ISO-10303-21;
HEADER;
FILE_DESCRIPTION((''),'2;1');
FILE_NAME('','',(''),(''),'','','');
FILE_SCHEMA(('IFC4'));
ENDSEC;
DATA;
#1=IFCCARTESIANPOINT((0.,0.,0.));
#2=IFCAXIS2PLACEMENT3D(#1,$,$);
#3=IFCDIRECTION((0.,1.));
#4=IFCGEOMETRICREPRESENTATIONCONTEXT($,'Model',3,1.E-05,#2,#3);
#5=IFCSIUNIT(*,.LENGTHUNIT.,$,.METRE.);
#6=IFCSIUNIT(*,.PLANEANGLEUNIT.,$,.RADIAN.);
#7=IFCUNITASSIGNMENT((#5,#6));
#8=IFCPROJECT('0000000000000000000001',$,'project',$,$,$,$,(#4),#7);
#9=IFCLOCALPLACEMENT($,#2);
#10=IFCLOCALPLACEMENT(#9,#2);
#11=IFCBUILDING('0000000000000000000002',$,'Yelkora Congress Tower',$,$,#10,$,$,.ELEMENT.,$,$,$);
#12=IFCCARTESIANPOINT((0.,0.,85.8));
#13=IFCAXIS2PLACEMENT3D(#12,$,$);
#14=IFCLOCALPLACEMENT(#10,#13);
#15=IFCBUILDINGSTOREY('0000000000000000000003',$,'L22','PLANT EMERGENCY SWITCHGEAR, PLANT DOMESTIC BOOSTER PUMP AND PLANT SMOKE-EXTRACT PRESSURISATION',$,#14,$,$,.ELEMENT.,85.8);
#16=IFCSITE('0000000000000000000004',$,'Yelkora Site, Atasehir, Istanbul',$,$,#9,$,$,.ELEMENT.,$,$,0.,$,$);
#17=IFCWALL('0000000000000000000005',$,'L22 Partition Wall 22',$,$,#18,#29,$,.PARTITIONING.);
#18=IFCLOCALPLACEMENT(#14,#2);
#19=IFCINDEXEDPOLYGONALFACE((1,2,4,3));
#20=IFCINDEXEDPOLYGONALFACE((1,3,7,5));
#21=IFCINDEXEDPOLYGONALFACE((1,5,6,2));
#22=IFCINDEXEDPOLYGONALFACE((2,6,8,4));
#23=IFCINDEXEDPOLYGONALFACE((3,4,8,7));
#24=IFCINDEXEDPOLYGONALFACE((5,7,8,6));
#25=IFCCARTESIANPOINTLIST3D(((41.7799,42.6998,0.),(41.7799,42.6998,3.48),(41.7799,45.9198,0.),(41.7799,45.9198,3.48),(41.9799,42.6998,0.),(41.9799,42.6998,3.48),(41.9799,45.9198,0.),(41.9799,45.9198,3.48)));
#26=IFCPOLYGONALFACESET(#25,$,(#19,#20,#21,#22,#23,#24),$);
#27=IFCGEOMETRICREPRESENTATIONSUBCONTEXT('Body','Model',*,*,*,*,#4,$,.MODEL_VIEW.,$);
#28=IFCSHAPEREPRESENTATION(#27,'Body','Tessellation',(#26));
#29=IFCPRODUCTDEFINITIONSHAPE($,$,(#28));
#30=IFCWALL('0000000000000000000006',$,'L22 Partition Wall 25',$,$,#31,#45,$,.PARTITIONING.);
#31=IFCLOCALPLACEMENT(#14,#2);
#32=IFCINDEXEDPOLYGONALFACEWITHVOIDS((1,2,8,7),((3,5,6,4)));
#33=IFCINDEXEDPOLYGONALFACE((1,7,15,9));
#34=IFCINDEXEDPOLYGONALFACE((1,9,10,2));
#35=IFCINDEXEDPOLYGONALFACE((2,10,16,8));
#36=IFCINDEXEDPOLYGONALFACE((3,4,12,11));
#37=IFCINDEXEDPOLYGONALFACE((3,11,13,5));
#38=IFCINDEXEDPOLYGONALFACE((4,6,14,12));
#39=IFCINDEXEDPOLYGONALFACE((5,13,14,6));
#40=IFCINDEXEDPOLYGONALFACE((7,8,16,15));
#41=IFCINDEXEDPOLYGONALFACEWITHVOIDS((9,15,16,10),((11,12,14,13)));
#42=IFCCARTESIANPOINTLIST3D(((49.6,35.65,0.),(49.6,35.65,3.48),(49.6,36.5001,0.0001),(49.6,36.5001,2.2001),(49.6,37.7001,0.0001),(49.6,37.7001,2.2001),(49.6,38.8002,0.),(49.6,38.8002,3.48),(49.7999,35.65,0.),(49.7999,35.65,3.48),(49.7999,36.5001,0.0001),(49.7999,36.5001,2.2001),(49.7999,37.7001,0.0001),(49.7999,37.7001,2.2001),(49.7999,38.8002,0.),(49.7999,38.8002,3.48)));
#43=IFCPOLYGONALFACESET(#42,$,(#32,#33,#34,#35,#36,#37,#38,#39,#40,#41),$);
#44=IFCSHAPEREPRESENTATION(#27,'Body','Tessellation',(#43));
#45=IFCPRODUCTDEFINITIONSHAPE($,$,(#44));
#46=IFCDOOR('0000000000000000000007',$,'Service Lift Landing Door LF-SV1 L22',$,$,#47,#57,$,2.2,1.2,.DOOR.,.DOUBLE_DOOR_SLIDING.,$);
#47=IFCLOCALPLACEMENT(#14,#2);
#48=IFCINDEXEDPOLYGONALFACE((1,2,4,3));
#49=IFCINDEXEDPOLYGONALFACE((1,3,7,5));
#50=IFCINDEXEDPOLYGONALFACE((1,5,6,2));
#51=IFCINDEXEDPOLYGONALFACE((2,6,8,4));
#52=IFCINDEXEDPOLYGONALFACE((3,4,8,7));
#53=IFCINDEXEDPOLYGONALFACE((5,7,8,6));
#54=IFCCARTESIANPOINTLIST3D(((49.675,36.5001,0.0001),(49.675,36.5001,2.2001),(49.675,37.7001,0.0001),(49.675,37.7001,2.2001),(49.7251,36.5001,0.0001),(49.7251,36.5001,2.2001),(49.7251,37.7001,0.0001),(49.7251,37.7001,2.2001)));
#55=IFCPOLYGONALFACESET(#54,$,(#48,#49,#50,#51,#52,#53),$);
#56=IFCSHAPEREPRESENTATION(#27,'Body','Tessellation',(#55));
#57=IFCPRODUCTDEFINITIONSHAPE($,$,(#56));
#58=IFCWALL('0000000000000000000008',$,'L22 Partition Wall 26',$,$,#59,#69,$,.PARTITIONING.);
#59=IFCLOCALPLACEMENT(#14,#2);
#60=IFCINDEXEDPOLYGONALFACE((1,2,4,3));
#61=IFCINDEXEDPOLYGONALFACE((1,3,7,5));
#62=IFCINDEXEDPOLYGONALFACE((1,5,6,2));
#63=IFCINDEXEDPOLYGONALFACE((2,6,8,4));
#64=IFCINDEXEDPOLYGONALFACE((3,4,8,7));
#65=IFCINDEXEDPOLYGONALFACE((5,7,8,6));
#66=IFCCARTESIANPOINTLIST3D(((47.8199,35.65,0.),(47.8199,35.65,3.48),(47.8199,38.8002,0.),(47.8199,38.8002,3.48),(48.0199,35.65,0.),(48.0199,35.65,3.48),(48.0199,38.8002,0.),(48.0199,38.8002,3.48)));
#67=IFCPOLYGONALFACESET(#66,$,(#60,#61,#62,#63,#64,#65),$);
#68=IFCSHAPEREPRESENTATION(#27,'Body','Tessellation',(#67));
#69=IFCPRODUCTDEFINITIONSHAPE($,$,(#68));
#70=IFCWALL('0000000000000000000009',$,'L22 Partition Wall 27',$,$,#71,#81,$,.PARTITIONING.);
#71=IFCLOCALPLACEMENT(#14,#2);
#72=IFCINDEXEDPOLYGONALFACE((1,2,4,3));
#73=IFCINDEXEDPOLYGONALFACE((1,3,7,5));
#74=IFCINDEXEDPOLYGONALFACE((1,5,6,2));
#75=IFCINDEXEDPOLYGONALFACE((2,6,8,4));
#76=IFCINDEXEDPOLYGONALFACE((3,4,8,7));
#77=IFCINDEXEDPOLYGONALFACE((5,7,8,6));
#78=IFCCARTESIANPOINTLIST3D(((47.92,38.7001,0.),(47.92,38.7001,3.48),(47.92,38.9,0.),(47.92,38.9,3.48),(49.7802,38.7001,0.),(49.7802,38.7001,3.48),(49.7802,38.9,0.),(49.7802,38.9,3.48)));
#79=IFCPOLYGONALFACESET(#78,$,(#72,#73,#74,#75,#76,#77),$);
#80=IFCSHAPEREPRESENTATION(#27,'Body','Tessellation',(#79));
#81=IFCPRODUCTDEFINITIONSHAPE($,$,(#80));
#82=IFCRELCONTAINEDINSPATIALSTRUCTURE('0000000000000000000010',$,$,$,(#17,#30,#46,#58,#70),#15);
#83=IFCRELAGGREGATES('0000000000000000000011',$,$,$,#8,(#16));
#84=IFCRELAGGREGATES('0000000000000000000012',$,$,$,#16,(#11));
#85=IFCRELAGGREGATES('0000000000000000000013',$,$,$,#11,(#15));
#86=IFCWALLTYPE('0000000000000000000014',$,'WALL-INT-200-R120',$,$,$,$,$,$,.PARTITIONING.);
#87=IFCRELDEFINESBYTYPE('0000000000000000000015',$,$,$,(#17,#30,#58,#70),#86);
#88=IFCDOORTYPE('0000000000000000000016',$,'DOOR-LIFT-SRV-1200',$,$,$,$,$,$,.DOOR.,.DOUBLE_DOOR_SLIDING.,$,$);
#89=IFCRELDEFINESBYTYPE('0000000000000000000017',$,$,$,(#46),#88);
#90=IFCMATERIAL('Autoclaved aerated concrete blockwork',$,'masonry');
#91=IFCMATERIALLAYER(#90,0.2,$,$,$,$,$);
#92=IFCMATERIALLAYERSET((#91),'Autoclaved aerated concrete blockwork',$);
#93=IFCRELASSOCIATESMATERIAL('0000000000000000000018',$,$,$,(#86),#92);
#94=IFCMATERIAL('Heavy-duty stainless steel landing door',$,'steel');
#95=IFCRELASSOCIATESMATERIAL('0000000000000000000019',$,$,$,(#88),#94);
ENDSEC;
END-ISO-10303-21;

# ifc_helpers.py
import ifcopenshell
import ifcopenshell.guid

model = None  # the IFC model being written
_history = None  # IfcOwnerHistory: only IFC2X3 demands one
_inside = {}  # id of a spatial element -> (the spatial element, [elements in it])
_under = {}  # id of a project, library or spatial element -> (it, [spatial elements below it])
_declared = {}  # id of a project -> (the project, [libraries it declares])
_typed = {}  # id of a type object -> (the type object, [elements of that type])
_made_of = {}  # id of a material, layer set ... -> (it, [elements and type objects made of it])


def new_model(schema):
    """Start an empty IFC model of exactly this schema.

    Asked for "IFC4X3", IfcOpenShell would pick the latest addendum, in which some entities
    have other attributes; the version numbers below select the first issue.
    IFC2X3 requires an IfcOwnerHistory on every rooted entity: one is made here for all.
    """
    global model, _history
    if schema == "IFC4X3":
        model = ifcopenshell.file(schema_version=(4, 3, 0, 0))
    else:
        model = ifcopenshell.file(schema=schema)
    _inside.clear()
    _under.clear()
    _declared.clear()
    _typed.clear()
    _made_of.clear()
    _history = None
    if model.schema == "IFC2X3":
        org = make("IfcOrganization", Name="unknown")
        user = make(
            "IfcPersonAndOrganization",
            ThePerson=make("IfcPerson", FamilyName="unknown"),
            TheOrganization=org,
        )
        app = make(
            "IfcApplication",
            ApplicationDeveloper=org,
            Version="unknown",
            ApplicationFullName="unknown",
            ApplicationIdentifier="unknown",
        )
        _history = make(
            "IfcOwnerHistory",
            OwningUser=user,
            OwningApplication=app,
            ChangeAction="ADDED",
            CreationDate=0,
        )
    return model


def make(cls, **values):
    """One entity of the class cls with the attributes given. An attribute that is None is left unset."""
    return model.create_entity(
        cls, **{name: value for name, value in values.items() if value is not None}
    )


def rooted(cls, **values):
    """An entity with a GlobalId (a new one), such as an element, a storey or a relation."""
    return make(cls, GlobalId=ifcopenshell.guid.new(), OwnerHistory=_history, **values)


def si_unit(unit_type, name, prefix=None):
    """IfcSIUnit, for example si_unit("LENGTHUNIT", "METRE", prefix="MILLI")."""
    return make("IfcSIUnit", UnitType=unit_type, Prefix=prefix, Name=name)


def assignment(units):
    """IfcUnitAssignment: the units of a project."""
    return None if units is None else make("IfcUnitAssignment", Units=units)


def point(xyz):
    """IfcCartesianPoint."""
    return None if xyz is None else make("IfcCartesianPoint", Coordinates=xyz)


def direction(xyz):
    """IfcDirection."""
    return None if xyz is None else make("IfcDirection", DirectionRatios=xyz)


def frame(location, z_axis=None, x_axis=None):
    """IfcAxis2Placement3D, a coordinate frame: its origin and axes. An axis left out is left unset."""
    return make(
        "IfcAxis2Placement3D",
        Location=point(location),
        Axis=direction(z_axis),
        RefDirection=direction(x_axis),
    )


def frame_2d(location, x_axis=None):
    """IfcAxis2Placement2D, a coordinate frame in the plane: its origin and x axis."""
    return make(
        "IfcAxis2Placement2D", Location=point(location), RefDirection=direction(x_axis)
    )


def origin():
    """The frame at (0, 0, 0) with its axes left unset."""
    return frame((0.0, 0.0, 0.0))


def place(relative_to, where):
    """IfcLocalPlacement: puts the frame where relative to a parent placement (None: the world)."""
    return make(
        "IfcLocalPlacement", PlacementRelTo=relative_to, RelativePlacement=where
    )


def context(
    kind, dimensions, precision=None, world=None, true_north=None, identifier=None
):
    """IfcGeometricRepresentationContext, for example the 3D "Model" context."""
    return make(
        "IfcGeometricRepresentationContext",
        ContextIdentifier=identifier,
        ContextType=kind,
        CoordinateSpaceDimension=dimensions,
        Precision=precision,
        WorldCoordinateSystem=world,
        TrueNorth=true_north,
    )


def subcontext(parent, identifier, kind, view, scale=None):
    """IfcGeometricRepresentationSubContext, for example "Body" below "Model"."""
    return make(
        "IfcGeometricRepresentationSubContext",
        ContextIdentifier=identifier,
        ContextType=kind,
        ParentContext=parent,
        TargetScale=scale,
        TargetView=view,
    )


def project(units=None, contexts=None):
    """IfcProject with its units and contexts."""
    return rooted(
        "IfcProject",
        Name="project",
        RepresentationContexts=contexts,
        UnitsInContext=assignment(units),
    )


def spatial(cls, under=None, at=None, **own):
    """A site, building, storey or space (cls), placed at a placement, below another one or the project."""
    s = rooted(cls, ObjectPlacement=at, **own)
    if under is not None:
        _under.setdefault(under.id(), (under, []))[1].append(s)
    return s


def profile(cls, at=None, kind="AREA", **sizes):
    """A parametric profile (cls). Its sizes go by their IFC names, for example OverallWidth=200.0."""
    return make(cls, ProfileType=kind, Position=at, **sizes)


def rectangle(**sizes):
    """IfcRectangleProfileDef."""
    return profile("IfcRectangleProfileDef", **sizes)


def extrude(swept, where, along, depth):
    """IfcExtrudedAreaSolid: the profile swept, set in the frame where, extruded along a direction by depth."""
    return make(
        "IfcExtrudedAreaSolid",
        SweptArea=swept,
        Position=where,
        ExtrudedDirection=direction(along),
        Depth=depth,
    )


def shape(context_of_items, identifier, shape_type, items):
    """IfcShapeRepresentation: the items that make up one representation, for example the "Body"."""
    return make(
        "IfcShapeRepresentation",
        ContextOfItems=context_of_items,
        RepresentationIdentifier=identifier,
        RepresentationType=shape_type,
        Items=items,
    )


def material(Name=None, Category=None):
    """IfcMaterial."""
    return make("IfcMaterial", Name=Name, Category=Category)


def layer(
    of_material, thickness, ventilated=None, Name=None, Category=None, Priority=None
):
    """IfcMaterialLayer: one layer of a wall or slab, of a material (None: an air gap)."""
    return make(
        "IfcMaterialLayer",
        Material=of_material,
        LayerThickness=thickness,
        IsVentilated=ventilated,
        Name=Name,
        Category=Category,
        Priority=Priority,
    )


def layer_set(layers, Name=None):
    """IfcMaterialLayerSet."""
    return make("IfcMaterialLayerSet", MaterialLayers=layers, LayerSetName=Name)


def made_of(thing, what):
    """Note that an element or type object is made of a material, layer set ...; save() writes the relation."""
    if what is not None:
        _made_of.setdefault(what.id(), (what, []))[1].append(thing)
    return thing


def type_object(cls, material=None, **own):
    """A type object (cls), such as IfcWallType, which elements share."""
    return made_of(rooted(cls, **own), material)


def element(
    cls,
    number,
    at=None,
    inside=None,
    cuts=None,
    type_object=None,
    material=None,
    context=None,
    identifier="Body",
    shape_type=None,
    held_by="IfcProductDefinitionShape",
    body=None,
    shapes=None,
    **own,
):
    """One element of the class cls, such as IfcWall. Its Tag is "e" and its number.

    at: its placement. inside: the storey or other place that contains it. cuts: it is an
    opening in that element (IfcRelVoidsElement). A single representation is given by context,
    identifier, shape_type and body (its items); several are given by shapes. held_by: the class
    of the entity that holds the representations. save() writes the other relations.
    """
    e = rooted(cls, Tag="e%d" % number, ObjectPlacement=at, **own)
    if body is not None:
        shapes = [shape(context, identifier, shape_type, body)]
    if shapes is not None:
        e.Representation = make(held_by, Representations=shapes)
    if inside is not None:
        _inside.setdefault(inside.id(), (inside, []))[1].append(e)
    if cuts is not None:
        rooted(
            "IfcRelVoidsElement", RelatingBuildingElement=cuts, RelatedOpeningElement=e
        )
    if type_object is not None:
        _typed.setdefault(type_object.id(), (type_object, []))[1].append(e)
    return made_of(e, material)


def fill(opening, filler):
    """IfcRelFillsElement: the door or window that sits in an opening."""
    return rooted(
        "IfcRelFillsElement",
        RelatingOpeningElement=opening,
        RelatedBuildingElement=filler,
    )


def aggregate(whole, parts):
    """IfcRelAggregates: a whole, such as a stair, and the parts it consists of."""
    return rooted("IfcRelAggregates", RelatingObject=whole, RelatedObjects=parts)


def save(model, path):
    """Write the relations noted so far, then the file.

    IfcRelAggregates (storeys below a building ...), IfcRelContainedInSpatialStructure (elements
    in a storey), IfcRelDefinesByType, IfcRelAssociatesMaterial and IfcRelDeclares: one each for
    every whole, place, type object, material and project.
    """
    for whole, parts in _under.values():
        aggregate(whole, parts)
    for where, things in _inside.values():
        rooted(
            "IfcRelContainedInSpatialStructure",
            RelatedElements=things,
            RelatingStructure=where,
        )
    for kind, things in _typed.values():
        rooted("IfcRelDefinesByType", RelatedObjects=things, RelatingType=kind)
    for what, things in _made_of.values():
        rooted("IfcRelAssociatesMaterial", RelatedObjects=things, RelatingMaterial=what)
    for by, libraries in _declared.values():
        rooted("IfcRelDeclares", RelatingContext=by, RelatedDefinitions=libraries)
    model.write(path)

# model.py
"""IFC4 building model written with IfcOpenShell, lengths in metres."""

from ifc_helpers import new_model, si_unit, direction, frame, frame_2d, origin, place, context, subcontext, project, spatial, rectangle, extrude, material, layer, layer_set, type_object, element, fill, save


model = new_model("IFC4")

# Units and contexts
model_context = context("Model", 3, precision=1e-05, world=origin(), true_north=direction((0.0, 1.0)))
body_context = subcontext(model_context, "Body", "Model", "MODEL_VIEW")
ifc_project = project(units=[si_unit("LENGTHUNIT", "METRE"), si_unit("PLANEANGLEUNIT", "RADIAN")], contexts=[model_context])

# Site, building, storey
site_placement = place(None, origin())
site = spatial("IfcSite", under=ifc_project, at=site_placement, Name="Yelkora Site, Atasehir, Istanbul", CompositionType="ELEMENT", RefElevation=0.0)
building_placement = place(site_placement, origin())
building = spatial("IfcBuilding", under=site, at=building_placement, Name="Yelkora Congress Tower", CompositionType="ELEMENT")
storey_placement = place(building_placement, frame((0.0, 0.0, 85.8)))
storey = spatial("IfcBuildingStorey", under=building, at=storey_placement, Name="L22", Description="PLANT EMERGENCY SWITCHGEAR, PLANT DOMESTIC BOOSTER PUMP AND PLANT SMOKE-EXTRACT PRESSURISATION", CompositionType="ELEMENT", Elevation=85.8)

# Wall
ifc_material_1 = material(Name="Autoclaved aerated concrete blockwork", Category="masonry")
ifc_layer_1 = layer(ifc_material_1, 0.2)
ifc_layer_set_1 = layer_set([ifc_layer_1], Name="Autoclaved aerated concrete blockwork")
wall_type_1 = type_object("IfcWallType", Name="WALL-INT-200-R120", PredefinedType="PARTITIONING", material=ifc_layer_set_1)
wall_1_placement = place(storey_placement, frame((41.8799, 42.7, 0.0), z_axis=(0.0, 0.0, 1.0), x_axis=(0.0, 1.0, 0.0)))
element("IfcWall", 1, at=wall_1_placement, inside=storey, type_object=wall_type_1, Name="L22 Partition Wall 22", PredefinedType="PARTITIONING", context=body_context, shape_type="SweptSolid", body=[
    extrude(rectangle(XDim=3.22, YDim=0.2, at=frame_2d((1.6099, 0.0))), origin(), (0.0, 0.0, 1.0), 3.48),
])

# Wall, opening, door
wall_2_placement = place(storey_placement, frame((49.7, 35.6499, 0.0), z_axis=(0.0, 0.0, 1.0), x_axis=(0.0, 1.0, 0.0)))
wall_2 = element("IfcWall", 2, at=wall_2_placement, inside=storey, type_object=wall_type_1, Name="L22 Partition Wall 25", PredefinedType="PARTITIONING", context=body_context, shape_type="SweptSolid", body=[
    extrude(rectangle(XDim=3.1501, YDim=0.2, at=frame_2d((1.5752, 0.0))), origin(), (0.0, 0.0, 1.0), 3.48),
])
opening_1_placement = place(wall_2_placement, frame((0.8501, 0.0, 0.0)))
opening_1 = element("IfcOpeningElement", 3, at=opening_1_placement, cuts=wall_2, PredefinedType="OPENING", context=body_context, shape_type="SweptSolid", body=[
    extrude(rectangle(XDim=1.2, YDim=2.2, at=frame_2d((0.6001, 1.1001))), frame((0.0, 0.1099, 0.0), z_axis=(0.0, -1.0, 0.0), x_axis=(1.0, 0.0, 0.0)), (0.0, 0.0, 1.0), 0.22),
])
ifc_material_2 = material(Name="Heavy-duty stainless steel landing door", Category="steel")
door_type_1 = type_object("IfcDoorType", Name="DOOR-LIFT-SRV-1200", OperationType="DOUBLE_DOOR_SLIDING", PredefinedType="DOOR", material=ifc_material_2)
door_1_placement = place(opening_1_placement, origin())
door_1 = element("IfcDoor", 4, at=door_1_placement, inside=storey, type_object=door_type_1, Name="Service Lift Landing Door LF-SV1 L22", OperationType="DOUBLE_DOOR_SLIDING", OverallHeight=2.2, OverallWidth=1.2, PredefinedType="DOOR", context=body_context, shape_type="SweptSolid", body=[
    extrude(rectangle(XDim=1.2, YDim=2.2, at=frame_2d((0.6001, 1.1001))), frame((0.0, 0.0249, 0.0), z_axis=(0.0, -1.0, 0.0), x_axis=(1.0, 0.0, 0.0)), (0.0, 0.0, 1.0), 0.05),
])
fill(opening_1, door_1)

# Walls
wall_3_placement = place(storey_placement, frame((47.9199, 35.6499, 0.0), z_axis=(0.0, 0.0, 1.0), x_axis=(0.0, 1.0, 0.0)))
element("IfcWall", 5, at=wall_3_placement, inside=storey, type_object=wall_type_1, Name="L22 Partition Wall 26", PredefinedType="PARTITIONING", context=body_context, shape_type="SweptSolid", body=[
    extrude(rectangle(XDim=3.1501, YDim=0.2, at=frame_2d((1.5752, 0.0))), origin(), (0.0, 0.0, 1.0), 3.48),
])
wall_4_placement = place(storey_placement, frame((47.9199, 38.8, 0.0), z_axis=(0.0, 0.0, 1.0), x_axis=(1.0, 0.0, 0.0)))
element("IfcWall", 6, at=wall_4_placement, inside=storey, type_object=wall_type_1, Name="L22 Partition Wall 27", PredefinedType="PARTITIONING", context=body_context, shape_type="SweptSolid", body=[
    extrude(rectangle(XDim=1.8601, YDim=0.2, at=frame_2d((0.9302, 0.0))), origin(), (0.0, 0.0, 1.0), 3.48),
])

save(model, "model.ifc")
